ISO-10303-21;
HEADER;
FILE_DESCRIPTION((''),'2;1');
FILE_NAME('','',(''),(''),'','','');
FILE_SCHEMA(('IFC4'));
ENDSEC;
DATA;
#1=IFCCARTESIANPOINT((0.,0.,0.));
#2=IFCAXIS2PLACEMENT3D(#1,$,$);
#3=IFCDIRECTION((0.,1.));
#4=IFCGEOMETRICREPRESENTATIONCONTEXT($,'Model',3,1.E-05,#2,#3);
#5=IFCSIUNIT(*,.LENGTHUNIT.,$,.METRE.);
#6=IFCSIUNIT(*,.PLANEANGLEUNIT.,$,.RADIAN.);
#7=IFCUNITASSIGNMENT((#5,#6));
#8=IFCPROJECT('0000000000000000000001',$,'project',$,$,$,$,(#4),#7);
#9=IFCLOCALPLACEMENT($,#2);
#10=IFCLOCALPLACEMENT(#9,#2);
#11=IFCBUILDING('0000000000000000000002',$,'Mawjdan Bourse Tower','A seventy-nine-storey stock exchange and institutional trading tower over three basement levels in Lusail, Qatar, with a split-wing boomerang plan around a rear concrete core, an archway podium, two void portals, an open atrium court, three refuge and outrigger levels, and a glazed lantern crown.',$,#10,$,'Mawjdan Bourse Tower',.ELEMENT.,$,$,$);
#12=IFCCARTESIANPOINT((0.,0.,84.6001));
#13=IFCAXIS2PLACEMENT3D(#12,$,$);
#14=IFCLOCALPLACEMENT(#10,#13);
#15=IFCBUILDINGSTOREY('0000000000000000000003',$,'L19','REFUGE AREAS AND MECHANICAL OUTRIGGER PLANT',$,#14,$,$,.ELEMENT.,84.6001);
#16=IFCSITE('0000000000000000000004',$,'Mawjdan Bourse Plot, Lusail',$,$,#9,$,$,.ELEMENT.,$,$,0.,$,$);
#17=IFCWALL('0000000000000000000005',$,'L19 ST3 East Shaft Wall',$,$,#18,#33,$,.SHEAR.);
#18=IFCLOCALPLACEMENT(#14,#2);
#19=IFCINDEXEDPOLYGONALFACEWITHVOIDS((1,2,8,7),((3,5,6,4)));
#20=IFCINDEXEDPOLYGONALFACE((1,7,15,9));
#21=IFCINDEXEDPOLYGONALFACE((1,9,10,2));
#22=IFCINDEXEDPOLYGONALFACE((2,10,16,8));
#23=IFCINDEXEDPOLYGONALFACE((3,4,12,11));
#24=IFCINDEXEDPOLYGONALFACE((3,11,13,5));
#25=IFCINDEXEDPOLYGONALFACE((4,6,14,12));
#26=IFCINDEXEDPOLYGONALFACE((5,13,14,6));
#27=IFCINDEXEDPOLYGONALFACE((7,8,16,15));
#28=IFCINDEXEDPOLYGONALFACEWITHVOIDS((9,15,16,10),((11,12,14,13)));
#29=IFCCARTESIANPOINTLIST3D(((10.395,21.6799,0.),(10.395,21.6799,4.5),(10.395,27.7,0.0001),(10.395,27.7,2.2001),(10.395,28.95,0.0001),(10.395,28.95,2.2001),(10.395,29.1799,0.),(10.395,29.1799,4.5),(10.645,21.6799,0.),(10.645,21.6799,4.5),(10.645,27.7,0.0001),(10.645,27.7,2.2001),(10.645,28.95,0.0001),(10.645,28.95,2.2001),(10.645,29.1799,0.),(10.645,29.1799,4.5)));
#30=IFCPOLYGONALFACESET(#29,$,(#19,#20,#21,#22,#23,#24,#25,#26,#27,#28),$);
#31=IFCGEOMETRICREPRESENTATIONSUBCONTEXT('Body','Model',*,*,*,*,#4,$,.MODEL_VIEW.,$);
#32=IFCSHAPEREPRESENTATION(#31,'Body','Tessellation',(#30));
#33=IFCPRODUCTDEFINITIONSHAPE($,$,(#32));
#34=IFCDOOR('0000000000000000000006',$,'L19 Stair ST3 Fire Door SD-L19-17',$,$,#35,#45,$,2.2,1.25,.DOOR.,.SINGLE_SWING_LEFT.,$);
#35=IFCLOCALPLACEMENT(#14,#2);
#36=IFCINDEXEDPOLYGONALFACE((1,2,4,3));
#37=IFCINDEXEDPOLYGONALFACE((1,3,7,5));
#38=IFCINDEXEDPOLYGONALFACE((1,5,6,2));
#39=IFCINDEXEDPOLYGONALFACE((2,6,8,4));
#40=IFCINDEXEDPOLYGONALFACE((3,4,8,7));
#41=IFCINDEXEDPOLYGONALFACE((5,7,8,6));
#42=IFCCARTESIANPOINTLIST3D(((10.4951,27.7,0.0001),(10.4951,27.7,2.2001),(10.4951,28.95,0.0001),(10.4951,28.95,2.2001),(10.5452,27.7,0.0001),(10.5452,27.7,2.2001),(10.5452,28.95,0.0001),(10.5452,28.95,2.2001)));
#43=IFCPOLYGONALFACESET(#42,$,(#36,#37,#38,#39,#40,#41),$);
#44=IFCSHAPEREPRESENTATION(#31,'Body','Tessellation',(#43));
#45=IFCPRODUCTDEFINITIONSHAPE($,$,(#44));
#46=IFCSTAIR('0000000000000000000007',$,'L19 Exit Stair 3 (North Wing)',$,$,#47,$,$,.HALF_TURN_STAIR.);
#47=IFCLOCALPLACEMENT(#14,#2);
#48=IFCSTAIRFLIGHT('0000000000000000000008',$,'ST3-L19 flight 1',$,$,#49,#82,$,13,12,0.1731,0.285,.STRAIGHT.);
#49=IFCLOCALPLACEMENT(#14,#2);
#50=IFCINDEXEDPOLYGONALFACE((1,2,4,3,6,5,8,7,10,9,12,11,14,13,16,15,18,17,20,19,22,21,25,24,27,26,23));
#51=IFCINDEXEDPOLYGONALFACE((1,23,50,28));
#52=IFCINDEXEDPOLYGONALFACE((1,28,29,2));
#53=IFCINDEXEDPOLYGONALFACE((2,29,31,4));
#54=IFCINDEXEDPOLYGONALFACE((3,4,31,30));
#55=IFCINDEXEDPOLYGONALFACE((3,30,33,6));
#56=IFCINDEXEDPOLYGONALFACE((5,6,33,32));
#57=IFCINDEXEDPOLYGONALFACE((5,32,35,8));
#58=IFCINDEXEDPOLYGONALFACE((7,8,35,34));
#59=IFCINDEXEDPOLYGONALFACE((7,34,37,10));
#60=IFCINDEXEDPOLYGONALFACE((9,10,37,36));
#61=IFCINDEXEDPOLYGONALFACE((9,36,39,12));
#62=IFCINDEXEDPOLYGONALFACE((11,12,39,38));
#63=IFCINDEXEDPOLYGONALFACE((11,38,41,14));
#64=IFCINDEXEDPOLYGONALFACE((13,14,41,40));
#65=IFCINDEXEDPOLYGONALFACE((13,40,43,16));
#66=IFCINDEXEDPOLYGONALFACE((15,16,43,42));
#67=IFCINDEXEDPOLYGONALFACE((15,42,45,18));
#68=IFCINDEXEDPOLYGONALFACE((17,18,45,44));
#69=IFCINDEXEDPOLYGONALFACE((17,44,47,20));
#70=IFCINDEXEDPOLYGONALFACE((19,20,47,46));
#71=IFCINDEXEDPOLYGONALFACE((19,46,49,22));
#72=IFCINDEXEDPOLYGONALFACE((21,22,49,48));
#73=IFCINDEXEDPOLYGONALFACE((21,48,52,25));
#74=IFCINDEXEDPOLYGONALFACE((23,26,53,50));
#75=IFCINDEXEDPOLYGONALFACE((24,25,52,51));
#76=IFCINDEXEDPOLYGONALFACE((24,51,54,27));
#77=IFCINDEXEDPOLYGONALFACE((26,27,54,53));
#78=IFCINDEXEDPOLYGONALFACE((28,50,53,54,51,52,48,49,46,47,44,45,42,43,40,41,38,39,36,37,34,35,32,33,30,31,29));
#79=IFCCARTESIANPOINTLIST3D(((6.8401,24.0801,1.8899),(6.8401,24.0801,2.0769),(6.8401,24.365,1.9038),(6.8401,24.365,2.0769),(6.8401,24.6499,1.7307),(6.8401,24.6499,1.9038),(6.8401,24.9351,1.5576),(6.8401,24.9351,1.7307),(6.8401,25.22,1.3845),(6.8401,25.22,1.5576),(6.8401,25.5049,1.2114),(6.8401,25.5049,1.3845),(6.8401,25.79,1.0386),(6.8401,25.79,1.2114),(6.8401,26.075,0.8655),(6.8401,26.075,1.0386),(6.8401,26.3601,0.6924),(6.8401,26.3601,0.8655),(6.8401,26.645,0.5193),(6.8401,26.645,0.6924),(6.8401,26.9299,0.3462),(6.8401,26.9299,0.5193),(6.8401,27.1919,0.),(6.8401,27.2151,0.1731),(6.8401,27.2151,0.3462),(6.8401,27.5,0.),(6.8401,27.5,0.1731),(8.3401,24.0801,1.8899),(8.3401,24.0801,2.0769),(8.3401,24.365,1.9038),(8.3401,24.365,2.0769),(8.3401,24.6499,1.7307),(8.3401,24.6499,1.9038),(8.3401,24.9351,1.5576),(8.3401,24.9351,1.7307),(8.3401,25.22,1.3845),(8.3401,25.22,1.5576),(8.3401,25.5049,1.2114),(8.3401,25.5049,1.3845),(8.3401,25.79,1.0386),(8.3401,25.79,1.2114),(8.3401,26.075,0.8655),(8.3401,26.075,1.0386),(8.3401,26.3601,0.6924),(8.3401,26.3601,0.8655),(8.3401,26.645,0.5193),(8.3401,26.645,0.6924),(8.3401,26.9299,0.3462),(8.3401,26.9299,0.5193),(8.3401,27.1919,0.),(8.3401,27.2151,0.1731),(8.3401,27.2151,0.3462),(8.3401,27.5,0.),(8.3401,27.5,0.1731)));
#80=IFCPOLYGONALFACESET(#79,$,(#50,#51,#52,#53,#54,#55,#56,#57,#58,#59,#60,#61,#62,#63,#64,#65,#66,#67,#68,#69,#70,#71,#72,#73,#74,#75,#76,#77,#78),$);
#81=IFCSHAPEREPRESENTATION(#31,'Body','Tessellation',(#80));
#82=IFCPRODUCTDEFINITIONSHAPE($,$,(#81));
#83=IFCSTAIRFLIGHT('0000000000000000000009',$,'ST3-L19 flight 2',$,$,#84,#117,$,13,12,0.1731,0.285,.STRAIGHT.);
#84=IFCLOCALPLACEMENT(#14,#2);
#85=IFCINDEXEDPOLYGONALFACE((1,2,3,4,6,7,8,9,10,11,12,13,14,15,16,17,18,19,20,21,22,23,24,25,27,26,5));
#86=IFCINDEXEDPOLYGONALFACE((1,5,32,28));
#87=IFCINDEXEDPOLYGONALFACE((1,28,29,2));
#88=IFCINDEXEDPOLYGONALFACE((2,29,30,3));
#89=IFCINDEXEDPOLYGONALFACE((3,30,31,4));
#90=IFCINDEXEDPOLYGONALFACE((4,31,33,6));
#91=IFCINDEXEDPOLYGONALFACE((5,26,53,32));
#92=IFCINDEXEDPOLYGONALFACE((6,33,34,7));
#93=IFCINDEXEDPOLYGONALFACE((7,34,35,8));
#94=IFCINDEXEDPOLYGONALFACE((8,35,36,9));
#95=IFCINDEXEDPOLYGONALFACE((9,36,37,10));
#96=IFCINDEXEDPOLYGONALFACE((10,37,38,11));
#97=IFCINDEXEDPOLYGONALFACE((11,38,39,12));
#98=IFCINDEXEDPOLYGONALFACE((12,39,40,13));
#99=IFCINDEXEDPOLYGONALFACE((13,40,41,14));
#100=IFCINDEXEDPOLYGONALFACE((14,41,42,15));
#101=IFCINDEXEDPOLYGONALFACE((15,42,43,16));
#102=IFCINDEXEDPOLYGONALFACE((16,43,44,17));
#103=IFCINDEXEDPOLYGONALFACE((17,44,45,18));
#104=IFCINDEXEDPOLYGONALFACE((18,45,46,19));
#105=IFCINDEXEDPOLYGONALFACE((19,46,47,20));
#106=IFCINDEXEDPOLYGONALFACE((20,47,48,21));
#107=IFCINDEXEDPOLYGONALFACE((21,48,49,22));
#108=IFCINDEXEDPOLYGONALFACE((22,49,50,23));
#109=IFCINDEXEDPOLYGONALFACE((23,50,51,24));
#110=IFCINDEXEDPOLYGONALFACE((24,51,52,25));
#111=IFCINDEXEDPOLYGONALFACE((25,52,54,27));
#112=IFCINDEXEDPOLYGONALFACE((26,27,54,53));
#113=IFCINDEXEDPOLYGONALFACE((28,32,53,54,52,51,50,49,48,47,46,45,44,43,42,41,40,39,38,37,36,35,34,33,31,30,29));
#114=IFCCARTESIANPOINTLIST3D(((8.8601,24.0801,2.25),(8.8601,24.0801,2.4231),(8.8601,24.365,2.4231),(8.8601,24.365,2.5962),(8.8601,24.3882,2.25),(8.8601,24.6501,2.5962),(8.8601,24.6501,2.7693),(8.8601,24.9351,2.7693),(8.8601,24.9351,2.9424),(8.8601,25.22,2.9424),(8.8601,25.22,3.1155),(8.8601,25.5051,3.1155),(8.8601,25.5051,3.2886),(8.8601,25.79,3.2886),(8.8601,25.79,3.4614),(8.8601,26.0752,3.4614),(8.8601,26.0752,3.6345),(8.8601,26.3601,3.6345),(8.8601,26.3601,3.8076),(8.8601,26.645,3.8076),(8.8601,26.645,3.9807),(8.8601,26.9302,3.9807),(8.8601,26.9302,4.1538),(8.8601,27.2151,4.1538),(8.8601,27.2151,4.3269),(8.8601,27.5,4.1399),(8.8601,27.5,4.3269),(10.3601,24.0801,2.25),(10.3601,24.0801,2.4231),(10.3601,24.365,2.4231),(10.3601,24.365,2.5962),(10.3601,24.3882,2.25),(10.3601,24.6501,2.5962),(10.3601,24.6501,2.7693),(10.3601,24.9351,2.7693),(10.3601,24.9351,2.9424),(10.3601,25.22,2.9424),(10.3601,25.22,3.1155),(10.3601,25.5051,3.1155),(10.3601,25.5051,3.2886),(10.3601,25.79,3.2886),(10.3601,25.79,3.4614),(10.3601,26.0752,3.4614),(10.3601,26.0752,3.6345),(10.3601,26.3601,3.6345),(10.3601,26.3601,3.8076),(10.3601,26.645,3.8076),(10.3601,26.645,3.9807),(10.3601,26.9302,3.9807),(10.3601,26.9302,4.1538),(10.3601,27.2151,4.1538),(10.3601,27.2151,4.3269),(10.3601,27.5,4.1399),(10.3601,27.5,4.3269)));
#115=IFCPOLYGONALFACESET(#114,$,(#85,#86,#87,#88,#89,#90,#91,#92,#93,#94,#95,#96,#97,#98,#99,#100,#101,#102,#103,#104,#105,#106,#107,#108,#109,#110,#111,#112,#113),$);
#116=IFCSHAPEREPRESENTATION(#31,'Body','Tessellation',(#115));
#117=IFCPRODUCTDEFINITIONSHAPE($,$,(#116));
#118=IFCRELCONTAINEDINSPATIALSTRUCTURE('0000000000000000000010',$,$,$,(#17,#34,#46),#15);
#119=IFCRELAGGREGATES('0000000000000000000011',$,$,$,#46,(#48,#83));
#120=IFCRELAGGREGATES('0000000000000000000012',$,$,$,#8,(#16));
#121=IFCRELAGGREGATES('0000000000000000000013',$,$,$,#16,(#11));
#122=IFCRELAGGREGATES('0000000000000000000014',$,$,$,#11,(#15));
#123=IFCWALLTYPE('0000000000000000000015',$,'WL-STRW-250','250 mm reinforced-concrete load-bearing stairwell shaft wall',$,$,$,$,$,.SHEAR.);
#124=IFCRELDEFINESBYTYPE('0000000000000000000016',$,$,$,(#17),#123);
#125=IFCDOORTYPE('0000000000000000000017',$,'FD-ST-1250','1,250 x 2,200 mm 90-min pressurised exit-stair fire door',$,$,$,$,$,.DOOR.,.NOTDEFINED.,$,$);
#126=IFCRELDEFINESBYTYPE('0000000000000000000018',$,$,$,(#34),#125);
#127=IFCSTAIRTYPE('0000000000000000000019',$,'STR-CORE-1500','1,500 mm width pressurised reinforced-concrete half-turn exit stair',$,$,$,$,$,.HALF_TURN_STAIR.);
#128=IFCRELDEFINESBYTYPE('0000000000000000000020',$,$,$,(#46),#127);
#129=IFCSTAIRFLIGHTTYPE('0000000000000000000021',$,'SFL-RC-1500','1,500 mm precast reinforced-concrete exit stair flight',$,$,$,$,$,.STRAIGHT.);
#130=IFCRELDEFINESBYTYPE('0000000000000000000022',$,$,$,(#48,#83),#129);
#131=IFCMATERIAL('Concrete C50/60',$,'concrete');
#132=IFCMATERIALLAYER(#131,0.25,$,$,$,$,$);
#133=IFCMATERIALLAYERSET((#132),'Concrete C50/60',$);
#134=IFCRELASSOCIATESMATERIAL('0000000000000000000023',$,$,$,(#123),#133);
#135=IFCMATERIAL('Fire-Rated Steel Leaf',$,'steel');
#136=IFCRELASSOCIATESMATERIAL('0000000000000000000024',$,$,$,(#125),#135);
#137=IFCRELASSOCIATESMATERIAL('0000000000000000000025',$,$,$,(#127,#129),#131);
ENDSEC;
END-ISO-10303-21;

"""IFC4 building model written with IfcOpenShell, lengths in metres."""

from ifc_helpers import new_model, si_unit, direction, frame, frame_2d, origin, place, context, subcontext, project, spatial, polyline, rectangle, outline, extrude, material, layer, layer_set, type_object, element, fill, aggregate, save


model = new_model("IFC4")

# Units and contexts
model_context = context("Model", 3, precision=1e-05, world=origin(), true_north=direction((0.0, 1.0)))
body_context = subcontext(model_context, "Body", "Model", "MODEL_VIEW")
ifc_project = project(units=[si_unit("LENGTHUNIT", "METRE"), si_unit("PLANEANGLEUNIT", "RADIAN")], contexts=[model_context])

# Site, building, storey
site_placement = place(None, origin())
site = spatial("IfcSite", under=ifc_project, at=site_placement, Name="Mawjdan Bourse Plot, Lusail", CompositionType="ELEMENT", RefElevation=0.0)
building_placement = place(site_placement, origin())
building = spatial("IfcBuilding", under=site, at=building_placement, Name="Mawjdan Bourse Tower", Description="A seventy-nine-storey stock exchange and institutional trading tower over three basement levels in Lusail, Qatar, with a split-wing boomerang plan around a rear concrete core, an archway podium, two void portals, an open atrium court, three refuge and outrigger levels, and a glazed lantern crown.", LongName="Mawjdan Bourse Tower", CompositionType="ELEMENT")
storey_placement = place(building_placement, frame((0.0, 0.0, 84.6001)))
storey = spatial("IfcBuildingStorey", under=building, at=storey_placement, Name="L19", Description="REFUGE AREAS AND MECHANICAL OUTRIGGER PLANT", CompositionType="ELEMENT", Elevation=84.6001)

# Shared definitions
ifc_material_1 = material(Name="Concrete C50/60", Category="concrete")
ifc_material_2 = material(Name="Fire-Rated Steel Leaf", Category="steel")

# Shared definitions
ifc_layer_1 = layer(ifc_material_1, 0.25)
ifc_layer_set_1 = layer_set([ifc_layer_1], Name="Concrete C50/60")
wall_type_1 = type_object("IfcWallType", Name="WL-STRW-250", Description="250 mm reinforced-concrete load-bearing stairwell shaft wall", PredefinedType="SHEAR", material=ifc_layer_set_1)

# Wall, opening, door
wall_1_placement = place(storey_placement, frame((10.52, 21.6799, 0.0), z_axis=(0.0, 0.0, 1.0), x_axis=(0.0, 1.0, 0.0)))
wall_1 = element("IfcWall", 1, at=wall_1_placement, inside=storey, type_object=wall_type_1, Name="L19 ST3 East Shaft Wall", PredefinedType="SHEAR", context=body_context, shape_type="SweptSolid", body=[
    extrude(rectangle(XDim=7.5, YDim=0.25, at=frame_2d((3.75, 0.0))), origin(), (0.0, 0.0, 1.0), 4.5),
])
opening_1_placement = place(wall_1_placement, frame((6.02, 0.0, 0.0)))
opening_1 = element("IfcOpeningElement", 2, at=opening_1_placement, cuts=wall_1, PredefinedType="OPENING", context=body_context, shape_type="SweptSolid", body=[
    extrude(rectangle(XDim=1.25, YDim=2.2, at=frame_2d((0.625, 1.1001))), frame((0.0, 0.135, 0.0), z_axis=(0.0, -1.0, 0.0), x_axis=(1.0, 0.0, 0.0)), (0.0, 0.0, 1.0), 0.27),
])
door_type_1 = type_object("IfcDoorType", Name="FD-ST-1250", Description="1,250 x 2,200 mm 90-min pressurised exit-stair fire door", OperationType="NOTDEFINED", PredefinedType="DOOR", material=ifc_material_2)
door_1_placement = place(opening_1_placement, origin())
door_1 = element("IfcDoor", 3, at=door_1_placement, inside=storey, type_object=door_type_1, Name="L19 Stair ST3 Fire Door SD-L19-17", OperationType="SINGLE_SWING_LEFT", OverallHeight=2.2, OverallWidth=1.25, PredefinedType="DOOR", context=body_context, shape_type="SweptSolid", body=[
    extrude(rectangle(XDim=1.25, YDim=2.2, at=frame_2d((0.625, 1.1001))), frame((0.0, 0.0249, 0.0), z_axis=(0.0, -1.0, 0.0), x_axis=(1.0, 0.0, 0.0)), (0.0, 0.0, 1.0), 0.05),
])
fill(opening_1, door_1)

# Stair, stair flights
stair_type = type_object("IfcStairType", Name="STR-CORE-1500", Description="1,500 mm width pressurised reinforced-concrete half-turn exit stair", PredefinedType="HALF_TURN_STAIR", material=ifc_material_1)
stair_placement = place(storey_placement, origin())
stair = element("IfcStair", 4, at=stair_placement, inside=storey, type_object=stair_type, Name="L19 Exit Stair 3 (North Wing)", PredefinedType="HALF_TURN_STAIR")
stair_flight_type = type_object("IfcStairFlightType", Name="SFL-RC-1500", Description="1,500 mm precast reinforced-concrete exit stair flight", PredefinedType="STRAIGHT", material=ifc_material_1)
stair_flight_1_placement = place(storey_placement, frame((7.5901, 27.5, 0.0), z_axis=(0.0, 0.0, 1.0), x_axis=(0.0, -1.0, 0.0)))
stair_flight_1 = element("IfcStairFlight", 5, at=stair_flight_1_placement, type_object=stair_flight_type, Name="ST3-L19 flight 1", NumberOfRisers=13, NumberOfTreads=12, PredefinedType="STRAIGHT", RiserHeight=0.1731, TreadLength=0.285, context=body_context, shape_type="SweptSolid", body=[
    extrude(outline(polyline([(0.0, 0.0), (0.0, 0.1731), (0.2849, 0.1731), (0.2849, 0.3462), (0.5701, 0.3462), (0.5701, 0.5193), (0.855, 0.5193), (0.855, 0.6924), (1.1399, 0.6924), (1.1399, 0.8655), (1.425, 0.8655), (1.425, 1.0386), (1.71, 1.0386), (1.71, 1.2114), (1.9951, 1.2114), (1.9951, 1.3845), (2.28, 1.3845), (2.28, 1.5576), (2.5649, 1.5576), (2.5649, 1.7307), (2.8501, 1.7307), (2.8501, 1.9038), (3.135, 1.9038), (3.135, 2.0769), (3.4199, 2.0769), (3.4199, 2.25), (3.4199, 1.8899), (0.3081, 0.0), (0.0, 0.0)])), frame((0.0, 0.75, 0.0), z_axis=(0.0, -1.0, 0.0), x_axis=(1.0, 0.0, 0.0)), (0.0, 0.0, 1.0), 1.5),
])
stair_flight_2_placement = place(storey_placement, frame((9.6101, 24.0801, 2.25), z_axis=(0.0, 0.0, 1.0), x_axis=(0.0, 1.0, 0.0)))
stair_flight_2 = element("IfcStairFlight", 6, at=stair_flight_2_placement, type_object=stair_flight_type, Name="ST3-L19 flight 2", NumberOfRisers=13, NumberOfTreads=12, PredefinedType="STRAIGHT", RiserHeight=0.1731, TreadLength=0.285, context=body_context, shape_type="SweptSolid", body=[
    extrude(outline(polyline([(0.0, 0.0), (0.0, 0.1731), (0.2849, 0.1731), (0.2849, 0.3462), (0.5701, 0.3462), (0.5701, 0.5193), (0.855, 0.5193), (0.855, 0.6924), (1.1399, 0.6924), (1.1399, 0.8655), (1.425, 0.8655), (1.425, 1.0386), (1.71, 1.0386), (1.71, 1.2114), (1.9951, 1.2114), (1.9951, 1.3845), (2.28, 1.3845), (2.28, 1.5576), (2.5649, 1.5576), (2.5649, 1.7307), (2.8501, 1.7307), (2.8501, 1.9038), (3.135, 1.9038), (3.135, 2.0769), (3.4199, 2.0769), (3.4199, 2.25), (3.4199, 1.8899), (0.3081, 0.0), (0.0, 0.0)])), frame((0.0, 0.75, 0.0), z_axis=(0.0, -1.0, 0.0), x_axis=(1.0, 0.0, 0.0)), (0.0, 0.0, 1.0), 1.5),
])
aggregate(stair, [stair_flight_1, stair_flight_2])

save(model, "model.ifc")
